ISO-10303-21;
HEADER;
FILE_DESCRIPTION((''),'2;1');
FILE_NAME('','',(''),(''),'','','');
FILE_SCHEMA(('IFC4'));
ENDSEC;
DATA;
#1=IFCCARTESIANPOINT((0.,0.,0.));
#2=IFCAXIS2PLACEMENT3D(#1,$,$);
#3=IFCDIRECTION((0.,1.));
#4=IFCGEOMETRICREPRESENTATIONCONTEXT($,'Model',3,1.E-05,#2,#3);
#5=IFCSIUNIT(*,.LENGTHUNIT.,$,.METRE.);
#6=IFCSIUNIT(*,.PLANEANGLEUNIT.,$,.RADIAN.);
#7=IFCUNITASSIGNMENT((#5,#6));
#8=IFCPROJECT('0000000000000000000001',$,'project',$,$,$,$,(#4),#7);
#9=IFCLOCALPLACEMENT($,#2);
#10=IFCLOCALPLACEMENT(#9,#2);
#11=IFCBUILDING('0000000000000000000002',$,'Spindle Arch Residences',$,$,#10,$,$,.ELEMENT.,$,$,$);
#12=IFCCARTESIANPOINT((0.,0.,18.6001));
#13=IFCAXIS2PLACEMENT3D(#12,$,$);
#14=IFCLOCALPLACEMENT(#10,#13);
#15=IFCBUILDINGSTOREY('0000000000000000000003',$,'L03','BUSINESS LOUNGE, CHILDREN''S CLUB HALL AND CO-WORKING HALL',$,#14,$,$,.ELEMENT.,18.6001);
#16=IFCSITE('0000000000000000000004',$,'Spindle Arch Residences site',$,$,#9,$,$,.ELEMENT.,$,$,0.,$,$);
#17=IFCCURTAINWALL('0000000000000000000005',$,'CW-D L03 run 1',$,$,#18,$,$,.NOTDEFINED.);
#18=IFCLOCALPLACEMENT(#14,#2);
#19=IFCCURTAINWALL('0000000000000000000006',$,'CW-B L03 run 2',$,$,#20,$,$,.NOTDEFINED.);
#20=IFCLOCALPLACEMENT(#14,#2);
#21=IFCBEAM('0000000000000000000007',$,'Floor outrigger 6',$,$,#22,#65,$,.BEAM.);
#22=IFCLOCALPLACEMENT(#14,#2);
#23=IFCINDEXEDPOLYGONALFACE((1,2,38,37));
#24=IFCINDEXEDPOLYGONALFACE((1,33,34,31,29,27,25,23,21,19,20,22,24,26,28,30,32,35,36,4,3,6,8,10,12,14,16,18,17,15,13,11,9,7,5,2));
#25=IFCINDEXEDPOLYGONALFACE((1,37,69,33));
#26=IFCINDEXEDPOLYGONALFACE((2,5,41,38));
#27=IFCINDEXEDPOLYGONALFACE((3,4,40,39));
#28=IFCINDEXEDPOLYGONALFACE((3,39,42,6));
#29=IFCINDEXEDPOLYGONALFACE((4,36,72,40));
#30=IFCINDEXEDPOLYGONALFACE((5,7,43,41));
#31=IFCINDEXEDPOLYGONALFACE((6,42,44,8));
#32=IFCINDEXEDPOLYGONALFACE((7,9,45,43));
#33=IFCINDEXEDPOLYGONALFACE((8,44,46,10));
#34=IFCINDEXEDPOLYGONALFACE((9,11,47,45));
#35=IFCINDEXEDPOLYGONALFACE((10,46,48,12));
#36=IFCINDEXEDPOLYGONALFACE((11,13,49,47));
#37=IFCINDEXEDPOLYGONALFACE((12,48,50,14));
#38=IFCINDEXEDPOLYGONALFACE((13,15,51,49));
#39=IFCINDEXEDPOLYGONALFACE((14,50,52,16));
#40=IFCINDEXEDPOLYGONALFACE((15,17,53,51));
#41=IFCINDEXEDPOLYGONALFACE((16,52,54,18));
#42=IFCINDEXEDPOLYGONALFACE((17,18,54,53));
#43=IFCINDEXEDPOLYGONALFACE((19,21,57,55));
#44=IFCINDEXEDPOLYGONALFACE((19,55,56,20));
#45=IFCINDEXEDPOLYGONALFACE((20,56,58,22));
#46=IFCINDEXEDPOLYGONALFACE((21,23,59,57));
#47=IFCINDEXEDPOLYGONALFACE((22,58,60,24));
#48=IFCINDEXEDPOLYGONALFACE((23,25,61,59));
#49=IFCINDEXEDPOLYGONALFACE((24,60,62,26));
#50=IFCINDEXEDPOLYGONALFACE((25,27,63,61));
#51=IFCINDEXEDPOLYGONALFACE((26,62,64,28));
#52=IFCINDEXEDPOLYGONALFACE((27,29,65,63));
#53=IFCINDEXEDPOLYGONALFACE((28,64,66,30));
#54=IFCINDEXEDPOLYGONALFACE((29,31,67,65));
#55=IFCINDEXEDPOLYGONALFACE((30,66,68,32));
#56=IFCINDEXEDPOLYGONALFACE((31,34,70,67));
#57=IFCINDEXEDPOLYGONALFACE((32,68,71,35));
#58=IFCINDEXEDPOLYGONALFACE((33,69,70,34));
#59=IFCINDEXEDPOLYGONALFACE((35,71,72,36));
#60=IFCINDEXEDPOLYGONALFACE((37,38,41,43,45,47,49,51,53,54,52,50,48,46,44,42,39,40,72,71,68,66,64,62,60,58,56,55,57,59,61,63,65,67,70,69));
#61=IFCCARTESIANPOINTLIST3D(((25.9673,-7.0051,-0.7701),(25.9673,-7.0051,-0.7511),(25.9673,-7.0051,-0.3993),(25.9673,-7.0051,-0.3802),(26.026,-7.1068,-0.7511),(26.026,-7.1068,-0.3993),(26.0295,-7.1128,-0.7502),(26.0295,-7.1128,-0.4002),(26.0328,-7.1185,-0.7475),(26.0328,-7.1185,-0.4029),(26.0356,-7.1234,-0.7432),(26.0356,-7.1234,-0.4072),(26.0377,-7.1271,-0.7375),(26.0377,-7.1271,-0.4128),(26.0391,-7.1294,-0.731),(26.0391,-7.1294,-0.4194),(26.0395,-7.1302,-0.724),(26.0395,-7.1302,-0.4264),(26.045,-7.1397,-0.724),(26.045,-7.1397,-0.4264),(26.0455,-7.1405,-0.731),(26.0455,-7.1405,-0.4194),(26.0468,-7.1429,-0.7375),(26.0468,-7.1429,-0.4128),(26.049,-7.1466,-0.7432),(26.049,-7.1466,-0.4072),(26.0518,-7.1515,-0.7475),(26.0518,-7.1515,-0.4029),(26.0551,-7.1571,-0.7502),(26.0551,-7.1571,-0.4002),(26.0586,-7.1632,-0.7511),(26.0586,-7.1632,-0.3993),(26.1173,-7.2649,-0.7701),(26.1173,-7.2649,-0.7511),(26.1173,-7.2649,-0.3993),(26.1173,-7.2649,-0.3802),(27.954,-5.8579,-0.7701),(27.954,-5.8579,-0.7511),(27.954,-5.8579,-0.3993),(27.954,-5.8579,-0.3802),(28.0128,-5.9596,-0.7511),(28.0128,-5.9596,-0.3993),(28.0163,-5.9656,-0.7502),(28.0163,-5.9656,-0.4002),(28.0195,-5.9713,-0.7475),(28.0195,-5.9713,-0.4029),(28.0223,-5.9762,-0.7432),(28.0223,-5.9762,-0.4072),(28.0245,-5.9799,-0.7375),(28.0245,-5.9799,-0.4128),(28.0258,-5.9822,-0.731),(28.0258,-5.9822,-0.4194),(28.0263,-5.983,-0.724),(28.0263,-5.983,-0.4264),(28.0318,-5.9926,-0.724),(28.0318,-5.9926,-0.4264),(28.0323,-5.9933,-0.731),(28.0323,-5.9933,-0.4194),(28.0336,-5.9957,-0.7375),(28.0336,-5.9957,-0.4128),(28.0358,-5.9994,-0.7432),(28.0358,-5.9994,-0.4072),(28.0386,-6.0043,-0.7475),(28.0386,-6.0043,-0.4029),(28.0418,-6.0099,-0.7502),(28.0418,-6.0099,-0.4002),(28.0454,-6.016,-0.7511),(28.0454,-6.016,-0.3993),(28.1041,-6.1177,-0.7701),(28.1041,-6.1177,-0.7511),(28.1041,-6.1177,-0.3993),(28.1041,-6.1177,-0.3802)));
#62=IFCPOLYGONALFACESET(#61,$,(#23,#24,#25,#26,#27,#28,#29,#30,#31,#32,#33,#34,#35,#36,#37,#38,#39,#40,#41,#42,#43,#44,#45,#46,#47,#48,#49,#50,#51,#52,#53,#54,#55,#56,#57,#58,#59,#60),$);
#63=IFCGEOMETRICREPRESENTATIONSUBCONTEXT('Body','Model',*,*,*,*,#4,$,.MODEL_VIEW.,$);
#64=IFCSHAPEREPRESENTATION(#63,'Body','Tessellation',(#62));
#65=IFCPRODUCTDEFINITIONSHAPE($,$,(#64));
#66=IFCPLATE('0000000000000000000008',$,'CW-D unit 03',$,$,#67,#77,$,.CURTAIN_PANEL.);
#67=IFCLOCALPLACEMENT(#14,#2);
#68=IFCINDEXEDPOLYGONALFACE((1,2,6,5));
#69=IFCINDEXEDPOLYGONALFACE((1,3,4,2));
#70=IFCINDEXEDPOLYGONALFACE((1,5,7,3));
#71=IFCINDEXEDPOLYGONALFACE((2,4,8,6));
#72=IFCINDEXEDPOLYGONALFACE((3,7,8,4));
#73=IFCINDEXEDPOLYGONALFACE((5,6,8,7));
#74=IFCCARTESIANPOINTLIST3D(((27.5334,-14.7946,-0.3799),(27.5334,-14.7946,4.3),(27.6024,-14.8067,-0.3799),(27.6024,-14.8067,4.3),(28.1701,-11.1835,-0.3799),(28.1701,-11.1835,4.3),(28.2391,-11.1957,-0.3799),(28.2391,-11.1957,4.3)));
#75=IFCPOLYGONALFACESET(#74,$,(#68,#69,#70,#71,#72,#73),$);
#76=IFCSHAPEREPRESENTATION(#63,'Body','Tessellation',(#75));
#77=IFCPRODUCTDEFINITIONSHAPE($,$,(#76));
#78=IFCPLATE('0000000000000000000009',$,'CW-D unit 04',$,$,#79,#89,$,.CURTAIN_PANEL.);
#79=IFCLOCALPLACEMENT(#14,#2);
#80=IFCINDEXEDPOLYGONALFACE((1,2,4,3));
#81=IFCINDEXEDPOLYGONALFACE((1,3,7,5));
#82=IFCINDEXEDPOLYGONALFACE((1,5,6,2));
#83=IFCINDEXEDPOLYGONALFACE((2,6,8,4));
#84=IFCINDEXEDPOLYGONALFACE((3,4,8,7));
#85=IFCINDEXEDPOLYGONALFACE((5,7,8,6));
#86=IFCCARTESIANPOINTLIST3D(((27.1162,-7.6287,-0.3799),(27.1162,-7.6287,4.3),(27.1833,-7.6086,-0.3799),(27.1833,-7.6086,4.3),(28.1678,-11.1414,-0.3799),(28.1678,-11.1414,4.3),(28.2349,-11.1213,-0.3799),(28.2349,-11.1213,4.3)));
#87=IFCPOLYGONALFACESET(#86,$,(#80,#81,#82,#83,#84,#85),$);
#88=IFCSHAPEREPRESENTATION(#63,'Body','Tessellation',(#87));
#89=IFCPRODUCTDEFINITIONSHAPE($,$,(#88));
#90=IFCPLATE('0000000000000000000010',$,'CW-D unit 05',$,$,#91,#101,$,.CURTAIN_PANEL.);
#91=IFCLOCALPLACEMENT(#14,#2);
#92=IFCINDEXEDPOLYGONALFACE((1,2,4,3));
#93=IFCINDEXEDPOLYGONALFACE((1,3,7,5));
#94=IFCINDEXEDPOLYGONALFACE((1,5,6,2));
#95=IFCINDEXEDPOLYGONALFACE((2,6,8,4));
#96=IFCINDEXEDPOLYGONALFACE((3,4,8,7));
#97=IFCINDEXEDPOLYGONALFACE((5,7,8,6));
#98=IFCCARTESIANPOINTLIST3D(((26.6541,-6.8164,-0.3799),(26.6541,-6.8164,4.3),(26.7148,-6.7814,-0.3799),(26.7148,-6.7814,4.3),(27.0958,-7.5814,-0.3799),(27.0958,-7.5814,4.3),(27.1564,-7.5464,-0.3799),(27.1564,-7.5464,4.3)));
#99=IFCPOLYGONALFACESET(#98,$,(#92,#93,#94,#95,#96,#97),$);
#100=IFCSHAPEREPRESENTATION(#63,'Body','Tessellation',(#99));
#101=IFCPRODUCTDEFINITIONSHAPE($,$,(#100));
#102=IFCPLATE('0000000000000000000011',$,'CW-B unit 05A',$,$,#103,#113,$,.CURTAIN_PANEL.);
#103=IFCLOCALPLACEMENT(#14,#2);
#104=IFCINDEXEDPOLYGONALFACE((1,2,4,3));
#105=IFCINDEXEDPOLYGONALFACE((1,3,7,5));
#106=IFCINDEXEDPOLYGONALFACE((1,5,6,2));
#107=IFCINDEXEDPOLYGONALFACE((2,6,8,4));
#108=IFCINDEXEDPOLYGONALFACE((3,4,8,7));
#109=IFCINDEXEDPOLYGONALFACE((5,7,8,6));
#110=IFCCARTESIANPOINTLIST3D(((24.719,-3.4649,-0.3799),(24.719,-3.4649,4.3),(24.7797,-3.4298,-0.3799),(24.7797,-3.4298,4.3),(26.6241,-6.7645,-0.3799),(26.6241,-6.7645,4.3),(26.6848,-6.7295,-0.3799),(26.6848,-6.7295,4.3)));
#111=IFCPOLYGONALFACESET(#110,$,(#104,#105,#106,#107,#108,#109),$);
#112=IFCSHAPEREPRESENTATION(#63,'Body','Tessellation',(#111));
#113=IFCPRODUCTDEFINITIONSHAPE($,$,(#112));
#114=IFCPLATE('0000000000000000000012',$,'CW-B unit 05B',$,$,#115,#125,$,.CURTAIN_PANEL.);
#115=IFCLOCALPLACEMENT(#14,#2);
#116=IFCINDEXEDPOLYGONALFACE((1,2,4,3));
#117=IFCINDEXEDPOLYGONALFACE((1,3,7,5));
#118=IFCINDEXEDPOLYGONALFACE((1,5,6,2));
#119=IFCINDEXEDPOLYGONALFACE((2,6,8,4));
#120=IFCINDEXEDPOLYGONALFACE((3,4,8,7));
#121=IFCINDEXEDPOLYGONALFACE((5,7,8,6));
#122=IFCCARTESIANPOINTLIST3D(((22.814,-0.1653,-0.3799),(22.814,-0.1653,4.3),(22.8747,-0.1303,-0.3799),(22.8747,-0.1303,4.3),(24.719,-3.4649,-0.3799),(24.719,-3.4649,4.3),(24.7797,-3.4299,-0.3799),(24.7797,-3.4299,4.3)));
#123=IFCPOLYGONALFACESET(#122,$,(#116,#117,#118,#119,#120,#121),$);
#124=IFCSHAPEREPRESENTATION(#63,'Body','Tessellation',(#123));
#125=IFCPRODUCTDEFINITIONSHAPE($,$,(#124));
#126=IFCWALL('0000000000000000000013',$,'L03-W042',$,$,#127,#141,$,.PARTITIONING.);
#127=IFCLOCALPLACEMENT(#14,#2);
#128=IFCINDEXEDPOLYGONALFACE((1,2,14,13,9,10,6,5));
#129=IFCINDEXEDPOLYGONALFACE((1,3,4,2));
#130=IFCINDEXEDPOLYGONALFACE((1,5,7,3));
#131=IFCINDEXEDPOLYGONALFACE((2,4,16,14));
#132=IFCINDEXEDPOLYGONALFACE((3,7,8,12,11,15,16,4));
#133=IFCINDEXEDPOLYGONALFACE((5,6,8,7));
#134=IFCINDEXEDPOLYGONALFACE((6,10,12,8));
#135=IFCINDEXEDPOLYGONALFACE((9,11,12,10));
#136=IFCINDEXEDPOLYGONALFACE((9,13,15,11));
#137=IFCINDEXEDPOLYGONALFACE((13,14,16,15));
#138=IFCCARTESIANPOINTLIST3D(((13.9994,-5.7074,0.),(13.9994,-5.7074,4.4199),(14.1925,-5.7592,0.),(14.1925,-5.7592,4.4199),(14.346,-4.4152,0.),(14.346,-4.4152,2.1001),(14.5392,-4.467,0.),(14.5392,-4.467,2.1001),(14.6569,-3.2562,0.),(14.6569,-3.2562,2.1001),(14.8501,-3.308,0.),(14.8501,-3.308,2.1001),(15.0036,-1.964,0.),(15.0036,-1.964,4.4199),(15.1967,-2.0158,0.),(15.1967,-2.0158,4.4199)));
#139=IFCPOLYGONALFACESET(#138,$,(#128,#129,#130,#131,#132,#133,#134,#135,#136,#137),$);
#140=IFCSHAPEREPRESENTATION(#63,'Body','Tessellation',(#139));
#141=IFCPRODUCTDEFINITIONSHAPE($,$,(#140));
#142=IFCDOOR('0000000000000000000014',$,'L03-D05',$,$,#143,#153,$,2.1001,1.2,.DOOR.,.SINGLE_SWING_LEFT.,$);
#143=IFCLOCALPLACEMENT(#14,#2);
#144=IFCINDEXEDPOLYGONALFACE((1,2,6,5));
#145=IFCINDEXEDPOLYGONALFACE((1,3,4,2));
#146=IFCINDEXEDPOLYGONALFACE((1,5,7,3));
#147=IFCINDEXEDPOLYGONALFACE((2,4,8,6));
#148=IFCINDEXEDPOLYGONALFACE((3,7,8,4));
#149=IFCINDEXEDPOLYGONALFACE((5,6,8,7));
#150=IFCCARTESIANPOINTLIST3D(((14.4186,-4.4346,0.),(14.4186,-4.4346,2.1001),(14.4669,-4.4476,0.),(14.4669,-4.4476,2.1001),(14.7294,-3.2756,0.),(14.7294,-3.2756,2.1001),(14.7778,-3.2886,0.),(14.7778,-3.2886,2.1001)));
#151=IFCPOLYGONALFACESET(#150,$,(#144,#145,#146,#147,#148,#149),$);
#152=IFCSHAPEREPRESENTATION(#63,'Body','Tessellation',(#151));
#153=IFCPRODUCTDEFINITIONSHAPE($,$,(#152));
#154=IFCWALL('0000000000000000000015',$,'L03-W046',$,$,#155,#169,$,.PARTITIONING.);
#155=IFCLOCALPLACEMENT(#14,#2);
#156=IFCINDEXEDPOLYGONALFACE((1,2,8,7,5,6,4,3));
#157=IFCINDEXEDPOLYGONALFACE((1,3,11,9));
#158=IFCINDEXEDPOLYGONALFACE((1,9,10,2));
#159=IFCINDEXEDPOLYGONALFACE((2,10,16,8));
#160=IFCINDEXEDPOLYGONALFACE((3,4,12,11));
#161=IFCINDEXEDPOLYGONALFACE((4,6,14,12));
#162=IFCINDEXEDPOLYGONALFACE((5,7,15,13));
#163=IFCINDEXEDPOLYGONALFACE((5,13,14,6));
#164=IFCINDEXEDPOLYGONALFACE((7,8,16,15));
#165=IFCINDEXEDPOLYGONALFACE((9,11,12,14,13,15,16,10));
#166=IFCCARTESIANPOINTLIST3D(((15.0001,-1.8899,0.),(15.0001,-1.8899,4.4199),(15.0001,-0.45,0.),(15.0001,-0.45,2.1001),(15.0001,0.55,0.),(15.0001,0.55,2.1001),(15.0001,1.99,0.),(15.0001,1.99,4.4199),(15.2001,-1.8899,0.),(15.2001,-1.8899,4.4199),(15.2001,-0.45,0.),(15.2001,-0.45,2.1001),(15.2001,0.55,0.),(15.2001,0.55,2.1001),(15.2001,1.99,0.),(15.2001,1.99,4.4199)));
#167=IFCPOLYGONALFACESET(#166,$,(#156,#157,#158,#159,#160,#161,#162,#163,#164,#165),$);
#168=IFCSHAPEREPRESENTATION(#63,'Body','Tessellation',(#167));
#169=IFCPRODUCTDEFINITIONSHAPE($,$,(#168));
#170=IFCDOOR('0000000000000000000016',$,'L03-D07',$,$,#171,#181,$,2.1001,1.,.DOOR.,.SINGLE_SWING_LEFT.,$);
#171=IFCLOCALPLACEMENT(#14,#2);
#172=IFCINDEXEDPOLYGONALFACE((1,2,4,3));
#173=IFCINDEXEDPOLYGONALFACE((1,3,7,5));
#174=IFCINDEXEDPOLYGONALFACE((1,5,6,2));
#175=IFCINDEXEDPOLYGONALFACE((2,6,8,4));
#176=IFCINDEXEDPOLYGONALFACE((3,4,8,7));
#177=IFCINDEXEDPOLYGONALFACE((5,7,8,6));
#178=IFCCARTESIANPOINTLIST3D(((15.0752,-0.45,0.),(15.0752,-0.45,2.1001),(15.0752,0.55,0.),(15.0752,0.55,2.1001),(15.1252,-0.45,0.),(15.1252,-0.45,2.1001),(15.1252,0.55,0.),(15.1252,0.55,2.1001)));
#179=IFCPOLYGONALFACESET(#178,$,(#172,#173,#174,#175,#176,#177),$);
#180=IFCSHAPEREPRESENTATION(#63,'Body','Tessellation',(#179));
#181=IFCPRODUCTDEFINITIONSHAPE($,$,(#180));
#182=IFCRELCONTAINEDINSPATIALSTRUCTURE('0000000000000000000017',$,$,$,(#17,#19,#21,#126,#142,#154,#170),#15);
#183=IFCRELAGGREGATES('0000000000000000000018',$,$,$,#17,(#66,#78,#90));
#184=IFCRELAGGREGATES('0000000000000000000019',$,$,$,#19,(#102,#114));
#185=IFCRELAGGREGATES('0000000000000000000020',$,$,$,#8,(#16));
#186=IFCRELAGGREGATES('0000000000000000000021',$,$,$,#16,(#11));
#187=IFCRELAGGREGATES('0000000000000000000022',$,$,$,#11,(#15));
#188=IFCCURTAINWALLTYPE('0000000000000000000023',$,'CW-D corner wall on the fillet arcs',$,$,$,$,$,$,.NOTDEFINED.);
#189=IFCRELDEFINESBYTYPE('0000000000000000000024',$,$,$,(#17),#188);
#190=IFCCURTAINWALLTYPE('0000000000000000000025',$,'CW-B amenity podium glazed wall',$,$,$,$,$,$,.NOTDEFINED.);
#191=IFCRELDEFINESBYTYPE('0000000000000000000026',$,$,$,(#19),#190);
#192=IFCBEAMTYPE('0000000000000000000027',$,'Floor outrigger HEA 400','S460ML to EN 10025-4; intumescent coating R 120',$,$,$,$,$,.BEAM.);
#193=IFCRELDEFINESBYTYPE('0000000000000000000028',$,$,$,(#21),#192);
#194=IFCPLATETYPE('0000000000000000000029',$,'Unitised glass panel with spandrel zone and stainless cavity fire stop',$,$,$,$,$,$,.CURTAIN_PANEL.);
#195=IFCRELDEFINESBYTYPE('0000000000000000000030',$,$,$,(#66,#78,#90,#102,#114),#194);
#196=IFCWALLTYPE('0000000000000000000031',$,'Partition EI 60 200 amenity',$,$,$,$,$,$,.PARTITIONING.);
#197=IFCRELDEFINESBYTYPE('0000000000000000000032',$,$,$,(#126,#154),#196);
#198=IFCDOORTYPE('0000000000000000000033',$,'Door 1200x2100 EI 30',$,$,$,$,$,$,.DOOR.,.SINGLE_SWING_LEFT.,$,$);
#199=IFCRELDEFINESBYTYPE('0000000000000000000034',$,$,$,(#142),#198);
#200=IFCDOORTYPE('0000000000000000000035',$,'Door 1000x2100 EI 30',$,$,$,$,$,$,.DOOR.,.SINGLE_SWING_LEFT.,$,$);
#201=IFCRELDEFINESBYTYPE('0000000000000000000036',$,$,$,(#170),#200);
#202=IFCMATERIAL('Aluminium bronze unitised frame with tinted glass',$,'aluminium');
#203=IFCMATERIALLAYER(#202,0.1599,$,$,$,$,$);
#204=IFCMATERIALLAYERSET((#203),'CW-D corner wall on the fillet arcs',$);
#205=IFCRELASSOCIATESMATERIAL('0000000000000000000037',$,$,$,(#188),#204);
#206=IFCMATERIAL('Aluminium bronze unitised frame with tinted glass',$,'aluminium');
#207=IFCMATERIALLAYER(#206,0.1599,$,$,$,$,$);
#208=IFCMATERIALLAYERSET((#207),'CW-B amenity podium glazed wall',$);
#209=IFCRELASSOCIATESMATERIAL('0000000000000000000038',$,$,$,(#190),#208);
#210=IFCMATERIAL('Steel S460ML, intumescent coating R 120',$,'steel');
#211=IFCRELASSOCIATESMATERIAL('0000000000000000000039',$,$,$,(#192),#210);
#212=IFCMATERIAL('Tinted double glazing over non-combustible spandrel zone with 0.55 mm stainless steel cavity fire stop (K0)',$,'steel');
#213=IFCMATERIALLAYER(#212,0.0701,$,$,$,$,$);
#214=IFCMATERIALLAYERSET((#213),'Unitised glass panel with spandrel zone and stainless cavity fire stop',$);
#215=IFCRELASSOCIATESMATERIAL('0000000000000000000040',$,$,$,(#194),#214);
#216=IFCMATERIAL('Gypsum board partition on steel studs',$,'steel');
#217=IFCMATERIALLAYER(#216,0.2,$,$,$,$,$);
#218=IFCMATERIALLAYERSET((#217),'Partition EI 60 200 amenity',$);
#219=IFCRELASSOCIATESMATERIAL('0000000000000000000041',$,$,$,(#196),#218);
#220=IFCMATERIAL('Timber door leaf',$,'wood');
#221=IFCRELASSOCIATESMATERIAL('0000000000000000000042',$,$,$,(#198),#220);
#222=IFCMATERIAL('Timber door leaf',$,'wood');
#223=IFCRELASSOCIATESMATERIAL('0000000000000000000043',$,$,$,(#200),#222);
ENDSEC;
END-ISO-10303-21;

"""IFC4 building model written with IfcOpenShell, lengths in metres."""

from ifc_helpers import new_model, si_unit, direction, frame, frame_2d, origin, origin_2d, place, context, subcontext, project, spatial, rectangle, i_section, extrude, material, layer, layer_set, material_profile, profile_set, type_object, element, fill, aggregate, save


model = new_model("IFC4")

# Units and contexts
model_context = context("Model", 3, precision=1e-05, world=origin(), true_north=direction((0.0, 1.0)))
body_context = subcontext(model_context, "Body", "Model", "MODEL_VIEW")
ifc_project = project(units=[si_unit("LENGTHUNIT", "METRE"), si_unit("PLANEANGLEUNIT", "RADIAN")], contexts=[model_context])

# Site, building, storey
site_placement = place(None, origin())
site = spatial("IfcSite", under=ifc_project, at=site_placement, Name="Spindle Arch Residences site", CompositionType="ELEMENT", RefElevation=0.0)
building_placement = place(site_placement, origin())
building = spatial("IfcBuilding", under=site, at=building_placement, Name="Spindle Arch Residences", CompositionType="ELEMENT")
storey_placement = place(building_placement, frame((0.0, 0.0, 18.6001)))
storey = spatial("IfcBuildingStorey", under=building, at=storey_placement, Name="L03", Description="BUSINESS LOUNGE, CHILDREN'S CLUB HALL AND CO-WORKING HALL", CompositionType="ELEMENT", Elevation=18.6001)

# Curtain wall
ifc_material_1 = material(Name="Aluminium bronze unitised frame with tinted glass", Category="aluminium")
ifc_layer_1 = layer(ifc_material_1, 0.1599)
ifc_layer_set_1 = layer_set([ifc_layer_1], Name="CW-D corner wall on the fillet arcs")
curtain_wall_type_1 = type_object("IfcCurtainWallType", Name="CW-D corner wall on the fillet arcs", PredefinedType="NOTDEFINED", material=ifc_layer_set_1)
curtain_wall_1_placement = place(storey_placement, origin())
curtain_wall_1 = element("IfcCurtainWall", 1, at=curtain_wall_1_placement, inside=storey, type_object=curtain_wall_type_1, Name="CW-D L03 run 1", PredefinedType="NOTDEFINED")

# Curtain wall
ifc_material_2 = material(Name="Aluminium bronze unitised frame with tinted glass", Category="aluminium")
ifc_layer_2 = layer(ifc_material_2, 0.1599)
ifc_layer_set_2 = layer_set([ifc_layer_2], Name="CW-B amenity podium glazed wall")
curtain_wall_type_2 = type_object("IfcCurtainWallType", Name="CW-B amenity podium glazed wall", PredefinedType="NOTDEFINED", material=ifc_layer_set_2)
curtain_wall_2_placement = place(storey_placement, origin())
curtain_wall_2 = element("IfcCurtainWall", 2, at=curtain_wall_2_placement, inside=storey, type_object=curtain_wall_type_2, Name="CW-B L03 run 2", PredefinedType="NOTDEFINED")

# Beam
ifc_material_3 = material(Name="Steel S460ML, intumescent coating R 120", Category="steel")
ifc_material_profile_1 = material_profile(ifc_material_3, i_section(OverallWidth=0.3, OverallDepth=0.3899, WebThickness=0.011, FlangeThickness=0.019, FilletRadius=0.0271, at=origin_2d()), Name="HEA 400")
ifc_profile_set_1 = profile_set([ifc_material_profile_1], Name="Steel S460ML, intumescent coating R 120")
beam_type_1 = type_object("IfcBeamType", Name="Floor outrigger HEA 400", Description="S460ML to EN 10025-4; intumescent coating R 120", PredefinedType="BEAM", material=ifc_profile_set_1)
beam_1_placement = place(storey_placement, frame((28.0291, -5.9878, -0.5752), z_axis=(-0.866001, -0.500042, 0.0), x_axis=(0.500042, -0.866001, 0.0)))
element("IfcBeam", 3, at=beam_1_placement, inside=storey, type_object=beam_type_1, Name="Floor outrigger 6", PredefinedType="BEAM", context=body_context, shape_type="SweptSolid", body=[
    extrude(i_section(OverallWidth=0.3, OverallDepth=0.3899, WebThickness=0.011, FlangeThickness=0.019, FilletRadius=0.0271, at=origin_2d()), origin(), (0.0, 0.0, 1.0), 2.2942),
])

# Plates
ifc_material_4 = material(Name="Tinted double glazing over non-combustible spandrel zone with 0.55 mm stainless steel cavity fire stop (K0)", Category="steel")
ifc_layer_3 = layer(ifc_material_4, 0.0701)
ifc_layer_set_3 = layer_set([ifc_layer_3], Name="Unitised glass panel with spandrel zone and stainless cavity fire stop")
plate_type = type_object("IfcPlateType", Name="Unitised glass panel with spandrel zone and stainless cavity fire stop", PredefinedType="CURTAIN_PANEL", material=ifc_layer_set_3)
plate_1_placement = place(storey_placement, frame((27.8862, -12.9951, -0.3799), z_axis=(0.0, 0.0, 1.0), x_axis=(0.173648, 0.984808, 0.0)))
plate_1 = element("IfcPlate", 4, at=plate_1_placement, type_object=plate_type, Name="CW-D unit 03", PredefinedType="CURTAIN_PANEL", context=body_context, shape_type="SweptSolid", body=[
    extrude(rectangle(XDim=3.6667, YDim=0.0701, at=origin_2d()), origin(), (0.0, 0.0, 1.0), 4.6799),
])
plate_2_placement = place(storey_placement, frame((27.6755, -9.375, -0.3799), z_axis=(0.0, 0.0, 1.0), x_axis=(-0.286803, 0.95799, 0.0)))
plate_2 = element("IfcPlate", 5, at=plate_2_placement, type_object=plate_type, Name="CW-D unit 04", PredefinedType="CURTAIN_PANEL", context=body_context, shape_type="SweptSolid", body=[
    extrude(rectangle(XDim=3.6667, YDim=0.0701, at=origin_2d()), origin(), (0.0, 0.0, 1.0), 4.6799),
])
plate_3_placement = place(storey_placement, frame((26.9053, -7.1814, -0.3799), z_axis=(0.0, 0.0, 1.0), x_axis=(-0.5, 0.866025, 0.0)))
plate_3 = element("IfcPlate", 6, at=plate_3_placement, type_object=plate_type, Name="CW-D unit 05", PredefinedType="CURTAIN_PANEL", context=body_context, shape_type="SweptSolid", body=[
    extrude(rectangle(XDim=0.8833, YDim=0.0701, at=origin_2d()), origin(), (0.0, 0.0, 1.0), 4.6799),
])
aggregate(curtain_wall_1, [plate_1, plate_2, plate_3])
plate_4_placement = place(storey_placement, frame((25.7019, -5.0972, -0.3799), z_axis=(0.0, 0.0, 1.0), x_axis=(-0.5, 0.866025, 0.0)))
plate_4 = element("IfcPlate", 7, at=plate_4_placement, type_object=plate_type, Name="CW-B unit 05A", PredefinedType="CURTAIN_PANEL", context=body_context, shape_type="SweptSolid", body=[
    extrude(rectangle(XDim=3.8101, YDim=0.0701, at=origin_2d()), origin(), (0.0, 0.0, 1.0), 4.6799),
])
plate_5_placement = place(storey_placement, frame((23.7969, -1.7976, -0.3799), z_axis=(0.0, 0.0, 1.0), x_axis=(-0.5, 0.866025, 0.0)))
plate_5 = element("IfcPlate", 8, at=plate_5_placement, type_object=plate_type, Name="CW-B unit 05B", PredefinedType="CURTAIN_PANEL", context=body_context, shape_type="SweptSolid", body=[
    extrude(rectangle(XDim=3.8101, YDim=0.0701, at=origin_2d()), origin(), (0.0, 0.0, 1.0), 4.6799),
])
aggregate(curtain_wall_2, [plate_4, plate_5])

# Walls, openings, doors
ifc_material_5 = material(Name="Gypsum board partition on steel studs", Category="steel")
ifc_layer_4 = layer(ifc_material_5, 0.2)
ifc_layer_set_4 = layer_set([ifc_layer_4], Name="Partition EI 60 200 amenity")
wall_type = type_object("IfcWallType", Name="Partition EI 60 200 amenity", PredefinedType="PARTITIONING", material=ifc_layer_set_4)
wall_1_placement = place(storey_placement, frame((14.0959, -5.7334, 0.0), z_axis=(0.0, 0.0, 1.0), x_axis=(0.259086, 0.965854, 0.0)))
wall_1 = element("IfcWall", 9, at=wall_1_placement, inside=storey, type_object=wall_type, Name="L03-W042", PredefinedType="PARTITIONING", context=body_context, shape_type="SweptSolid", body=[
    extrude(rectangle(XDim=3.8757, YDim=0.2, at=frame_2d((1.938, 0.0))), origin(), (0.0, 0.0, 1.0), 4.4199),
])
opening_1_placement = place(wall_1_placement, frame((1.3379, 0.0, 0.0)))
opening_1 = element("IfcOpeningElement", 10, at=opening_1_placement, cuts=wall_1, PredefinedType="OPENING", context=body_context, shape_type="SweptSolid", body=[
    extrude(rectangle(XDim=1.2, YDim=2.1001, at=frame_2d((0.6001, 1.05))), frame((0.0, 0.1099, 0.0), z_axis=(0.0, -1.0, 0.0), x_axis=(1.0, 0.0, 0.0)), (0.0, 0.0, 1.0), 0.22),
])
ifc_material_6 = material(Name="Timber door leaf", Category="wood")
door_type_1 = type_object("IfcDoorType", Name="Door 1200x2100 EI 30", OperationType="SINGLE_SWING_LEFT", PredefinedType="DOOR", material=ifc_material_6)
door_1_placement = place(opening_1_placement, origin())
door_1 = element("IfcDoor", 11, at=door_1_placement, inside=storey, type_object=door_type_1, Name="L03-D05", OperationType="SINGLE_SWING_LEFT", OverallHeight=2.1001, OverallWidth=1.2, PredefinedType="DOOR", context=body_context, shape_type="SweptSolid", body=[
    extrude(rectangle(XDim=1.2, YDim=2.1001, at=frame_2d((0.6001, 1.05))), frame((0.0, 0.0249, 0.0), z_axis=(0.0, -1.0, 0.0), x_axis=(1.0, 0.0, 0.0)), (0.0, 0.0, 1.0), 0.05),
])
fill(opening_1, door_1)
wall_2_placement = place(storey_placement, frame((15.1001, -1.8899, 0.0), z_axis=(0.0, 0.0, 1.0), x_axis=(0.0, 1.0, 0.0)))
wall_2 = element("IfcWall", 12, at=wall_2_placement, inside=storey, type_object=wall_type, Name="L03-W046", PredefinedType="PARTITIONING", context=body_context, shape_type="SweptSolid", body=[
    extrude(rectangle(XDim=3.8799, YDim=0.2, at=frame_2d((1.9399, 0.0))), origin(), (0.0, 0.0, 1.0), 4.4199),
])
opening_2_placement = place(wall_2_placement, frame((1.4399, 0.0, 0.0)))
opening_2 = element("IfcOpeningElement", 13, at=opening_2_placement, cuts=wall_2, PredefinedType="OPENING", context=body_context, shape_type="SweptSolid", body=[
    extrude(rectangle(XDim=1.0, YDim=2.1001, at=frame_2d((0.5, 1.05))), frame((0.0, 0.1099, 0.0), z_axis=(0.0, -1.0, 0.0), x_axis=(1.0, 0.0, 0.0)), (0.0, 0.0, 1.0), 0.22),
])
ifc_material_7 = material(Name="Timber door leaf", Category="wood")
door_type_2 = type_object("IfcDoorType", Name="Door 1000x2100 EI 30", OperationType="SINGLE_SWING_LEFT", PredefinedType="DOOR", material=ifc_material_7)
door_2_placement = place(opening_2_placement, origin())
door_2 = element("IfcDoor", 14, at=door_2_placement, inside=storey, type_object=door_type_2, Name="L03-D07", OperationType="SINGLE_SWING_LEFT", OverallHeight=2.1001, OverallWidth=1.0, PredefinedType="DOOR", context=body_context, shape_type="SweptSolid", body=[
    extrude(rectangle(XDim=1.0, YDim=2.1001, at=frame_2d((0.5, 1.05))), frame((0.0, 0.0249, 0.0), z_axis=(0.0, -1.0, 0.0), x_axis=(1.0, 0.0, 0.0)), (0.0, 0.0, 1.0), 0.05),
])
fill(opening_2, door_2)

save(model, "model.ifc")
